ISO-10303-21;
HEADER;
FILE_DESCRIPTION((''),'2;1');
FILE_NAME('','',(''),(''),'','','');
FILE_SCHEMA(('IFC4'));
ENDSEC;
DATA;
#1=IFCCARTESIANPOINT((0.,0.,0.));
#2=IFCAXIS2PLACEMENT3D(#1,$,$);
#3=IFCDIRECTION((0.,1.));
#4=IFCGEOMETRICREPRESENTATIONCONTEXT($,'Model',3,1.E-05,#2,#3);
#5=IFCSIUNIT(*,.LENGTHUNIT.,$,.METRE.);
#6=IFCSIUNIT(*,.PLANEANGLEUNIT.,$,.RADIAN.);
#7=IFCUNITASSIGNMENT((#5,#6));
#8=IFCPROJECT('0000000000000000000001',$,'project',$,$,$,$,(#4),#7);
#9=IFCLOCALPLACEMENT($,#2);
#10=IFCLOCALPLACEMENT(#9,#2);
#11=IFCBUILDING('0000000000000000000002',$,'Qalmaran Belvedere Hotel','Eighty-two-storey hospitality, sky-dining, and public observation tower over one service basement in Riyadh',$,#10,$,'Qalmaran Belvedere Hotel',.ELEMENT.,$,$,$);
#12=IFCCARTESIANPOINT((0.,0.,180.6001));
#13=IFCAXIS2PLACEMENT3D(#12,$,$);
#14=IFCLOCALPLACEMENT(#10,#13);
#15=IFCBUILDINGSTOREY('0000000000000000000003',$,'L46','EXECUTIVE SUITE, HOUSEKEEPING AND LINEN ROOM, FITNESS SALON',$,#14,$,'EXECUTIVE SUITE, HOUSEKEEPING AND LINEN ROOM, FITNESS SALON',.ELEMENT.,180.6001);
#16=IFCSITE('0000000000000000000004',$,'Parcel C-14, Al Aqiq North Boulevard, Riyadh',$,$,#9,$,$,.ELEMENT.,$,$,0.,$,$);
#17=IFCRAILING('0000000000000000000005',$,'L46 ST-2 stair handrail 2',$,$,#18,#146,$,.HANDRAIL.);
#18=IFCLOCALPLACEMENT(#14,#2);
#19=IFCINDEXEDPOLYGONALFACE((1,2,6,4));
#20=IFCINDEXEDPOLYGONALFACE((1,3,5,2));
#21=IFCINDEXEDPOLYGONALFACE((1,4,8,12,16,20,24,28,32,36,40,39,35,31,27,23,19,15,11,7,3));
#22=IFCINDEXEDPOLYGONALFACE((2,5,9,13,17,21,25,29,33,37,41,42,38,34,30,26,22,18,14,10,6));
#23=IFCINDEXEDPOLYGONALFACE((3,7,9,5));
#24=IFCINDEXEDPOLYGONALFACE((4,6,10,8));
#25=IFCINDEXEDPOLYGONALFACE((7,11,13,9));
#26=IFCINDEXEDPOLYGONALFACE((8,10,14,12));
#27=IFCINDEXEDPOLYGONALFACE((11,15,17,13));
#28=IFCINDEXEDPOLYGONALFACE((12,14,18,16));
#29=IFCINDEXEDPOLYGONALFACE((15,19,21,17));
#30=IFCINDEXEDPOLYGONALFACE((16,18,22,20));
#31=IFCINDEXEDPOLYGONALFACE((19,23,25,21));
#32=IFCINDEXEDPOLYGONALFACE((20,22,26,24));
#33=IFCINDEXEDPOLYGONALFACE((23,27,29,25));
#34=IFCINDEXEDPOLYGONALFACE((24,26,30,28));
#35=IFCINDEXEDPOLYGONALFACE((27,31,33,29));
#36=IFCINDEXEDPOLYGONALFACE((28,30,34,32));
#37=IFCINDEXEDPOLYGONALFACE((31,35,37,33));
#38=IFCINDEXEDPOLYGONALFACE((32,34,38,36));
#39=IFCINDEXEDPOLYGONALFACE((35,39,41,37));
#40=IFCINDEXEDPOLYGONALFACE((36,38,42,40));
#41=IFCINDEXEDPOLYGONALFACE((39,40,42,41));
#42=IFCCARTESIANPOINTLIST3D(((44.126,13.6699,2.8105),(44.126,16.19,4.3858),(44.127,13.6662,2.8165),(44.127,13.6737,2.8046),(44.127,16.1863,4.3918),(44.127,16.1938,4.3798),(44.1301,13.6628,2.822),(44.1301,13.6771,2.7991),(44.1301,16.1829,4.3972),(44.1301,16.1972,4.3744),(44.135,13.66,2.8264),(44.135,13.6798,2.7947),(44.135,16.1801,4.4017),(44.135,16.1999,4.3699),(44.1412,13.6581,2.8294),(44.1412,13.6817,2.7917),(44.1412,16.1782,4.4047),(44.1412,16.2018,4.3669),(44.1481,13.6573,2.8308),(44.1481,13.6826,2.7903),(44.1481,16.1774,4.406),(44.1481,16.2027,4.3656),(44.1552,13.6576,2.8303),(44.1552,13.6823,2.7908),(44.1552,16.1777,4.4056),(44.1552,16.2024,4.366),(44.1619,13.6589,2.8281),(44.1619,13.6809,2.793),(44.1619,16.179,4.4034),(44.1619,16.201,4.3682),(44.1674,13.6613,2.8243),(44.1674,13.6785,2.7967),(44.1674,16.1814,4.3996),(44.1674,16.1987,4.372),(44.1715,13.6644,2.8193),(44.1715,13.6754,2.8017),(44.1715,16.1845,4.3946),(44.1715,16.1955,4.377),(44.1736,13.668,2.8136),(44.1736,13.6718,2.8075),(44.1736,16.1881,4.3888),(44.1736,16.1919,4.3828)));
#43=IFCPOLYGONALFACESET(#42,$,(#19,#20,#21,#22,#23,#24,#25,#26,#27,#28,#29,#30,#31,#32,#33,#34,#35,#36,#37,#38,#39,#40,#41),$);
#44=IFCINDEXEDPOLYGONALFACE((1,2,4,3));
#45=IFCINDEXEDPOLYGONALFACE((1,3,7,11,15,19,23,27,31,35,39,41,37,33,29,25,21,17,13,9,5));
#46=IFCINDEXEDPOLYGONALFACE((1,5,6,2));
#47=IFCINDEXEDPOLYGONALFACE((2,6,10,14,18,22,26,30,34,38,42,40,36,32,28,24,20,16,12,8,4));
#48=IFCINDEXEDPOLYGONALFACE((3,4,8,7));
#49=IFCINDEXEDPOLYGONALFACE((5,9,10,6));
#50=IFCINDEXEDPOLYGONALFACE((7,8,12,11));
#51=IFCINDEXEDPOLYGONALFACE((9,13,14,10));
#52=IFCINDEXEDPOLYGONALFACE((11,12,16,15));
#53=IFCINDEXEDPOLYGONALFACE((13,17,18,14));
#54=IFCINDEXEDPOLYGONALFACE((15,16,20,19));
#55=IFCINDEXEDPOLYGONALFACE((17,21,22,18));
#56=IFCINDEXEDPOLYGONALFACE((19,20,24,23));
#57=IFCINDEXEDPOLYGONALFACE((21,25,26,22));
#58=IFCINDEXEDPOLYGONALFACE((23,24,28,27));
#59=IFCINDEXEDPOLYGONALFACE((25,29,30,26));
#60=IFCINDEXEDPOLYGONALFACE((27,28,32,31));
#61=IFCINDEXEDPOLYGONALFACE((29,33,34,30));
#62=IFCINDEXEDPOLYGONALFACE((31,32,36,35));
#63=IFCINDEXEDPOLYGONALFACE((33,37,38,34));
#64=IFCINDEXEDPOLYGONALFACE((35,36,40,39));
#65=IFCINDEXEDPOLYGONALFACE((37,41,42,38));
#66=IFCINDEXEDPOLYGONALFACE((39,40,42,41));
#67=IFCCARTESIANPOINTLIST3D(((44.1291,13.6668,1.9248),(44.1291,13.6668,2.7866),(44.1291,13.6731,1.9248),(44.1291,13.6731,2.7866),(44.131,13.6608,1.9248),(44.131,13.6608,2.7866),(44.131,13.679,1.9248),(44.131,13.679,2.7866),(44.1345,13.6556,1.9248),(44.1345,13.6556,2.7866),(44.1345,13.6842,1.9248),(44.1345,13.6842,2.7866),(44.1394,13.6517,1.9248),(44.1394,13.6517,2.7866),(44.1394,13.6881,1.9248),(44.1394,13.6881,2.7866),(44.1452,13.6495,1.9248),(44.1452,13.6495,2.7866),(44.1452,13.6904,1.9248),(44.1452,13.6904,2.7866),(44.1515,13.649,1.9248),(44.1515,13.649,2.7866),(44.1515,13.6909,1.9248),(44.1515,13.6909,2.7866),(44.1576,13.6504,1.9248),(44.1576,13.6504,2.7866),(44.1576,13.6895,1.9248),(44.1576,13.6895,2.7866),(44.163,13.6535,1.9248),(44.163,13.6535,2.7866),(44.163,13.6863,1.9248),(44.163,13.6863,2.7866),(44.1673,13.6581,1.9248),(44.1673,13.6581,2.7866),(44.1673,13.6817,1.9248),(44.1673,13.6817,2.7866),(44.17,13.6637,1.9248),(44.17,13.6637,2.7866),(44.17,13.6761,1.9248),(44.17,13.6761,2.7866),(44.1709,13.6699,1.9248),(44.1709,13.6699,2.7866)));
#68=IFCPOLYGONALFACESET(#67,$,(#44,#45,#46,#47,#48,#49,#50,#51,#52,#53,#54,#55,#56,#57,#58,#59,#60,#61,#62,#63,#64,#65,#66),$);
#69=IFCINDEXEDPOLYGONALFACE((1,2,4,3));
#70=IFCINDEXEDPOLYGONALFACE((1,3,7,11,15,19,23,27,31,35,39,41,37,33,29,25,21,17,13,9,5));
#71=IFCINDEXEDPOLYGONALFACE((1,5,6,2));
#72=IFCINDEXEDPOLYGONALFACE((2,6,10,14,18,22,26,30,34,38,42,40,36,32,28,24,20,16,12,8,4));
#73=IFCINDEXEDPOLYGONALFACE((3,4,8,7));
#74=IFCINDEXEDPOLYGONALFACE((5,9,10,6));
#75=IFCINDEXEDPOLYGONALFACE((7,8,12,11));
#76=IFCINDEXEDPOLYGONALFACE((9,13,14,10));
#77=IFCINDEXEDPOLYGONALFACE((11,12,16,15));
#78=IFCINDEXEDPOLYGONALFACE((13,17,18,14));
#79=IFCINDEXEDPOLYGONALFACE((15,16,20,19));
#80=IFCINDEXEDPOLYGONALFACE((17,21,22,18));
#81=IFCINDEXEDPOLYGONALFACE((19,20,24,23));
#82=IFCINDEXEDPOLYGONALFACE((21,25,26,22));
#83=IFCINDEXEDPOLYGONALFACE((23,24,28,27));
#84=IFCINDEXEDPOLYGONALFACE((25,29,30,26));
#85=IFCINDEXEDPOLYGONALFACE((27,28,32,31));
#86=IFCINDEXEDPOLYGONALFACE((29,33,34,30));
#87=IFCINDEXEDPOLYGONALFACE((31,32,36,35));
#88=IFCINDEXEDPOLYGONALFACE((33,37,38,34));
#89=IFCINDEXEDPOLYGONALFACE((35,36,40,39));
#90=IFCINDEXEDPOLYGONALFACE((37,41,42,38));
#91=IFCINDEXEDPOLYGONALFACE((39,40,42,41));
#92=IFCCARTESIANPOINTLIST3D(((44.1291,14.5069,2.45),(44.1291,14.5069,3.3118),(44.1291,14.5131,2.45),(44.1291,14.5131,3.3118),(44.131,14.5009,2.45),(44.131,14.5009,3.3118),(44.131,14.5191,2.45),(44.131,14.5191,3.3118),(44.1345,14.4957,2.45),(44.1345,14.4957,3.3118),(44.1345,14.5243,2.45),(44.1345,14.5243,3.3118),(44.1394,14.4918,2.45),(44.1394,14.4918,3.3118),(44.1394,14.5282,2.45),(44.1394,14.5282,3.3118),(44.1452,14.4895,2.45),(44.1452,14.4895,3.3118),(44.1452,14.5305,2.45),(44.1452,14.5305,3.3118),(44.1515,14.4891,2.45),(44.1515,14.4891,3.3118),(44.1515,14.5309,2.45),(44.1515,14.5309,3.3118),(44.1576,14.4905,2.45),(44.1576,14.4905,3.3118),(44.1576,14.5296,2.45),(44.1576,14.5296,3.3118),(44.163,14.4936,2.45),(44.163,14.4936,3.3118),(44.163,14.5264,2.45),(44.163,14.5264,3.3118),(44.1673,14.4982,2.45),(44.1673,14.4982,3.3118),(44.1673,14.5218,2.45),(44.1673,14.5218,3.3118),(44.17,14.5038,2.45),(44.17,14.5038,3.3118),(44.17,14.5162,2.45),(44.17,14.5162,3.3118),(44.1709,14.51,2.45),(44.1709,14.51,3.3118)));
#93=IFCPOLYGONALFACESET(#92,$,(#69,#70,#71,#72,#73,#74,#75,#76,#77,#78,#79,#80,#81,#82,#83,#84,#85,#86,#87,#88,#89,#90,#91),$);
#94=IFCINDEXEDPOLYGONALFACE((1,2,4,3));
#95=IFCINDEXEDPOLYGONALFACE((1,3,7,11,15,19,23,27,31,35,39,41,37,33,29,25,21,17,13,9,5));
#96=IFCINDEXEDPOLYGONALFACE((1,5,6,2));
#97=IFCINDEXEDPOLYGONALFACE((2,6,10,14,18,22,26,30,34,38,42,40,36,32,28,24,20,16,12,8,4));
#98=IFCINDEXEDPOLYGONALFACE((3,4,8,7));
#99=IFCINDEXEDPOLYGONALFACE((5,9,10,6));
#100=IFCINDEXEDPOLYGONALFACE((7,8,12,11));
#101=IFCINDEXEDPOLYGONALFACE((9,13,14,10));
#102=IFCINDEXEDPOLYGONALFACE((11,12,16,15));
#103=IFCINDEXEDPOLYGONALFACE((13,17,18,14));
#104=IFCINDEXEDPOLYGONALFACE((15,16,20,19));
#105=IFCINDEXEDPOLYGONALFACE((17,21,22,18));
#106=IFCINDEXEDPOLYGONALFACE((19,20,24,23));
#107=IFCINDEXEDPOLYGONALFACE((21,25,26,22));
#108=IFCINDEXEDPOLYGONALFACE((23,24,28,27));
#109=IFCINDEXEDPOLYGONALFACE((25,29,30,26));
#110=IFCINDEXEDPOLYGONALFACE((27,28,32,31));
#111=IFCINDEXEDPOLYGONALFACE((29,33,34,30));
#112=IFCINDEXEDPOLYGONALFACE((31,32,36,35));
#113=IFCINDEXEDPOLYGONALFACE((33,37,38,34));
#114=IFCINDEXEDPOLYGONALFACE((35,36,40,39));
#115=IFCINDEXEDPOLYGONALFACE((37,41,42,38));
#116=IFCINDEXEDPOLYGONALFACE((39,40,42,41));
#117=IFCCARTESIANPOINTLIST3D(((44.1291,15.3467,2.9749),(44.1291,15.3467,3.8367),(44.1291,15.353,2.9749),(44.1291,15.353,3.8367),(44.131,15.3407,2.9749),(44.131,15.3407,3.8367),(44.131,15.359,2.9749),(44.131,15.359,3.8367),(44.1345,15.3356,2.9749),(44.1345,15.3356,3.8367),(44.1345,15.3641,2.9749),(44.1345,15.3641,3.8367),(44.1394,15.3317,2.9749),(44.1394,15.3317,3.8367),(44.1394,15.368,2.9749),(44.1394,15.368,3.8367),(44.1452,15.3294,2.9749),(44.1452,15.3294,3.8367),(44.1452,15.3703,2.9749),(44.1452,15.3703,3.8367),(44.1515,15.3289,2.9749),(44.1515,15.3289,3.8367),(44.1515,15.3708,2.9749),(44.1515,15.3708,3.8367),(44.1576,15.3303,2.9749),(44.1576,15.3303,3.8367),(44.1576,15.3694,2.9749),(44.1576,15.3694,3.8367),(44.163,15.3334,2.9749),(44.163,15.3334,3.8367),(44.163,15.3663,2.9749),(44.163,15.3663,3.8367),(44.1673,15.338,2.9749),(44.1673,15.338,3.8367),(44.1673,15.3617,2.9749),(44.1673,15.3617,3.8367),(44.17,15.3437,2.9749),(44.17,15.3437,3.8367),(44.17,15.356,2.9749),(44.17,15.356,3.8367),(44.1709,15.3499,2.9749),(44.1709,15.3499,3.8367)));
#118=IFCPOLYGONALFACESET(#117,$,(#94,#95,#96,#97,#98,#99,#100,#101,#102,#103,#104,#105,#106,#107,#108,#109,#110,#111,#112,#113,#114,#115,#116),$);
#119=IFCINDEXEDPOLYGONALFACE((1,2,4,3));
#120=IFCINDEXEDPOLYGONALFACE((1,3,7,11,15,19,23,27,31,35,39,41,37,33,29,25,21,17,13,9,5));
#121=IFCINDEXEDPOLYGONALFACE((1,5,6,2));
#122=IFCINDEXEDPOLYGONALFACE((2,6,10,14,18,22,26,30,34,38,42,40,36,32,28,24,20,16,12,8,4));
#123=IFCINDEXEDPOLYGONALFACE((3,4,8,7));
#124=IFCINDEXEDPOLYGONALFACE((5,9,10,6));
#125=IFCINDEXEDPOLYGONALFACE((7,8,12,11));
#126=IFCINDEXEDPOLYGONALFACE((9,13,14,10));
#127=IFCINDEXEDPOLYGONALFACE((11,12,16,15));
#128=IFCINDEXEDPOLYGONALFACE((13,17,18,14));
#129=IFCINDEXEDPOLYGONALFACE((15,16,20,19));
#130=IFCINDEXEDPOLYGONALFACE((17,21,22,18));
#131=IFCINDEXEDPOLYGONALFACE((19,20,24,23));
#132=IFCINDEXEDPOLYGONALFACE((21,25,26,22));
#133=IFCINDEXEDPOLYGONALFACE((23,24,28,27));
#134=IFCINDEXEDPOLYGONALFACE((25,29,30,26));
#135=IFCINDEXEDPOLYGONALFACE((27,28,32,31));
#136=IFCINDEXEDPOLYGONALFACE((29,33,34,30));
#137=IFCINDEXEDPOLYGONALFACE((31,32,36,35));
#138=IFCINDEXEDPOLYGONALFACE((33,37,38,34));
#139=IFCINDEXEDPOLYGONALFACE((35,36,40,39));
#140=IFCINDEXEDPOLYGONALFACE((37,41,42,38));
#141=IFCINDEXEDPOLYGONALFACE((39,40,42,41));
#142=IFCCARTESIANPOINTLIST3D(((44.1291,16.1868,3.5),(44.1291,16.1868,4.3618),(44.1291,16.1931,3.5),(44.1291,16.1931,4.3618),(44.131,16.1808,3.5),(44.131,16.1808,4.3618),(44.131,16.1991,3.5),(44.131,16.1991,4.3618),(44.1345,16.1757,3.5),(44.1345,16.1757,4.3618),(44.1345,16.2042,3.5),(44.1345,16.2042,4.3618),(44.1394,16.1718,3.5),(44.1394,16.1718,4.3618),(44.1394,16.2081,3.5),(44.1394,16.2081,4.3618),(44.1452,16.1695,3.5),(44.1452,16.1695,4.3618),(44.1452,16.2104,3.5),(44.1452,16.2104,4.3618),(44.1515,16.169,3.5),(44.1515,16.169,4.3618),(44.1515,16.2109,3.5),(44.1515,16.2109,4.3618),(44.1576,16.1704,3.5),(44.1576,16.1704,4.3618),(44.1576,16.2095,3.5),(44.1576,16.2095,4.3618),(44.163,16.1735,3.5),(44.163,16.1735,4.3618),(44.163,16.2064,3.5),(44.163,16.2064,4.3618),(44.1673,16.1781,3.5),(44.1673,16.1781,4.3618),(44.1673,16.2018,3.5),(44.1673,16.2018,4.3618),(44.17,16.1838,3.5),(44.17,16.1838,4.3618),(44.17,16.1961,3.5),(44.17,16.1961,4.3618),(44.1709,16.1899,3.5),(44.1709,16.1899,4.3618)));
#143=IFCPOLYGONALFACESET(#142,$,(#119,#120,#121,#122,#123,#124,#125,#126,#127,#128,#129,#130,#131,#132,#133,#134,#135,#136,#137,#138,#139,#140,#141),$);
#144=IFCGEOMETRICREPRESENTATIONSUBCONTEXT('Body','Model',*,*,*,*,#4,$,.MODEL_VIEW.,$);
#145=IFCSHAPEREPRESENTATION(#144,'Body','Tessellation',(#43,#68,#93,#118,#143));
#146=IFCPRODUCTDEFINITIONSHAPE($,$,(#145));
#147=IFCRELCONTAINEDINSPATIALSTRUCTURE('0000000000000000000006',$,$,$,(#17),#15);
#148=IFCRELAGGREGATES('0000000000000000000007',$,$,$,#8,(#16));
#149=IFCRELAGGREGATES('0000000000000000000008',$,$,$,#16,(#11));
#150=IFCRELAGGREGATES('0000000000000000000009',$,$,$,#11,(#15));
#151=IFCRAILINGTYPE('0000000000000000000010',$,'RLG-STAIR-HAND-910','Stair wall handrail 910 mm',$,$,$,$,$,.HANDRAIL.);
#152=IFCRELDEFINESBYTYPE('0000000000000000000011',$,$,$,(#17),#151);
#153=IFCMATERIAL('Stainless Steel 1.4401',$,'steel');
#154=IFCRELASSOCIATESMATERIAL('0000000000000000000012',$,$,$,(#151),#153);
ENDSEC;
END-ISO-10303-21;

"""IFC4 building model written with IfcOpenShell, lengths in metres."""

from ifc_helpers import new_model, si_unit, direction, frame, origin, origin_2d, place, context, subcontext, project, spatial, circle, extrude, material, type_object, element, save


model = new_model("IFC4")

# Units and contexts
model_context = context("Model", 3, precision=1e-05, world=origin(), true_north=direction((0.0, 1.0)))
body_context = subcontext(model_context, "Body", "Model", "MODEL_VIEW")
ifc_project = project(units=[si_unit("LENGTHUNIT", "METRE"), si_unit("PLANEANGLEUNIT", "RADIAN")], contexts=[model_context])

# Site, building, storey
site_placement = place(None, origin())
site = spatial("IfcSite", under=ifc_project, at=site_placement, Name="Parcel C-14, Al Aqiq North Boulevard, Riyadh", CompositionType="ELEMENT", RefElevation=0.0)
building_placement = place(site_placement, origin())
building = spatial("IfcBuilding", under=site, at=building_placement, Name="Qalmaran Belvedere Hotel", Description="Eighty-two-storey hospitality, sky-dining, and public observation tower over one service basement in Riyadh", LongName="Qalmaran Belvedere Hotel", CompositionType="ELEMENT")
storey_placement = place(building_placement, frame((0.0, 0.0, 180.6001)))
storey = spatial("IfcBuildingStorey", under=building, at=storey_placement, Name="L46", Description="EXECUTIVE SUITE, HOUSEKEEPING AND LINEN ROOM, FITNESS SALON", LongName="EXECUTIVE SUITE, HOUSEKEEPING AND LINEN ROOM, FITNESS SALON", CompositionType="ELEMENT", Elevation=180.6001)

# Railing
ifc_material_1 = material(Name="Stainless Steel 1.4401", Category="steel")
railing_type_1 = type_object("IfcRailingType", Name="RLG-STAIR-HAND-910", Description="Stair wall handrail 910 mm", PredefinedType="HANDRAIL", material=ifc_material_1)
railing_1_placement = place(storey_placement, frame((44.1499, 13.6699, 1.9248)))
element("IfcRailing", 1, at=railing_1_placement, inside=storey, type_object=railing_type_1, Name="L46 ST-2 stair handrail 2", PredefinedType="HANDRAIL", context=body_context, shape_type="SweptSolid", body=[
    extrude(circle(Radius=0.0239, at=origin_2d()), frame((0.0, 0.0, 0.8857), z_axis=(0.0, 0.847971, 0.530043), x_axis=(-1.0, 0.0, 0.0)), (0.0, 0.0, 1.0), 2.9719),
    extrude(circle(Radius=0.021, at=origin_2d()), origin(), (0.0, 0.0, 1.0), 0.8618),
    extrude(circle(Radius=0.021, at=origin_2d()), frame((0.0, 0.8401, 0.5251)), (0.0, 0.0, 1.0), 0.8618),
    extrude(circle(Radius=0.021, at=origin_2d()), frame((0.0, 1.6799, 1.05)), (0.0, 0.0, 1.0), 0.8618),
    extrude(circle(Radius=0.021, at=origin_2d()), frame((0.0, 2.52, 1.5752)), (0.0, 0.0, 1.0), 0.8618),
])

save(model, "model.ifc")
